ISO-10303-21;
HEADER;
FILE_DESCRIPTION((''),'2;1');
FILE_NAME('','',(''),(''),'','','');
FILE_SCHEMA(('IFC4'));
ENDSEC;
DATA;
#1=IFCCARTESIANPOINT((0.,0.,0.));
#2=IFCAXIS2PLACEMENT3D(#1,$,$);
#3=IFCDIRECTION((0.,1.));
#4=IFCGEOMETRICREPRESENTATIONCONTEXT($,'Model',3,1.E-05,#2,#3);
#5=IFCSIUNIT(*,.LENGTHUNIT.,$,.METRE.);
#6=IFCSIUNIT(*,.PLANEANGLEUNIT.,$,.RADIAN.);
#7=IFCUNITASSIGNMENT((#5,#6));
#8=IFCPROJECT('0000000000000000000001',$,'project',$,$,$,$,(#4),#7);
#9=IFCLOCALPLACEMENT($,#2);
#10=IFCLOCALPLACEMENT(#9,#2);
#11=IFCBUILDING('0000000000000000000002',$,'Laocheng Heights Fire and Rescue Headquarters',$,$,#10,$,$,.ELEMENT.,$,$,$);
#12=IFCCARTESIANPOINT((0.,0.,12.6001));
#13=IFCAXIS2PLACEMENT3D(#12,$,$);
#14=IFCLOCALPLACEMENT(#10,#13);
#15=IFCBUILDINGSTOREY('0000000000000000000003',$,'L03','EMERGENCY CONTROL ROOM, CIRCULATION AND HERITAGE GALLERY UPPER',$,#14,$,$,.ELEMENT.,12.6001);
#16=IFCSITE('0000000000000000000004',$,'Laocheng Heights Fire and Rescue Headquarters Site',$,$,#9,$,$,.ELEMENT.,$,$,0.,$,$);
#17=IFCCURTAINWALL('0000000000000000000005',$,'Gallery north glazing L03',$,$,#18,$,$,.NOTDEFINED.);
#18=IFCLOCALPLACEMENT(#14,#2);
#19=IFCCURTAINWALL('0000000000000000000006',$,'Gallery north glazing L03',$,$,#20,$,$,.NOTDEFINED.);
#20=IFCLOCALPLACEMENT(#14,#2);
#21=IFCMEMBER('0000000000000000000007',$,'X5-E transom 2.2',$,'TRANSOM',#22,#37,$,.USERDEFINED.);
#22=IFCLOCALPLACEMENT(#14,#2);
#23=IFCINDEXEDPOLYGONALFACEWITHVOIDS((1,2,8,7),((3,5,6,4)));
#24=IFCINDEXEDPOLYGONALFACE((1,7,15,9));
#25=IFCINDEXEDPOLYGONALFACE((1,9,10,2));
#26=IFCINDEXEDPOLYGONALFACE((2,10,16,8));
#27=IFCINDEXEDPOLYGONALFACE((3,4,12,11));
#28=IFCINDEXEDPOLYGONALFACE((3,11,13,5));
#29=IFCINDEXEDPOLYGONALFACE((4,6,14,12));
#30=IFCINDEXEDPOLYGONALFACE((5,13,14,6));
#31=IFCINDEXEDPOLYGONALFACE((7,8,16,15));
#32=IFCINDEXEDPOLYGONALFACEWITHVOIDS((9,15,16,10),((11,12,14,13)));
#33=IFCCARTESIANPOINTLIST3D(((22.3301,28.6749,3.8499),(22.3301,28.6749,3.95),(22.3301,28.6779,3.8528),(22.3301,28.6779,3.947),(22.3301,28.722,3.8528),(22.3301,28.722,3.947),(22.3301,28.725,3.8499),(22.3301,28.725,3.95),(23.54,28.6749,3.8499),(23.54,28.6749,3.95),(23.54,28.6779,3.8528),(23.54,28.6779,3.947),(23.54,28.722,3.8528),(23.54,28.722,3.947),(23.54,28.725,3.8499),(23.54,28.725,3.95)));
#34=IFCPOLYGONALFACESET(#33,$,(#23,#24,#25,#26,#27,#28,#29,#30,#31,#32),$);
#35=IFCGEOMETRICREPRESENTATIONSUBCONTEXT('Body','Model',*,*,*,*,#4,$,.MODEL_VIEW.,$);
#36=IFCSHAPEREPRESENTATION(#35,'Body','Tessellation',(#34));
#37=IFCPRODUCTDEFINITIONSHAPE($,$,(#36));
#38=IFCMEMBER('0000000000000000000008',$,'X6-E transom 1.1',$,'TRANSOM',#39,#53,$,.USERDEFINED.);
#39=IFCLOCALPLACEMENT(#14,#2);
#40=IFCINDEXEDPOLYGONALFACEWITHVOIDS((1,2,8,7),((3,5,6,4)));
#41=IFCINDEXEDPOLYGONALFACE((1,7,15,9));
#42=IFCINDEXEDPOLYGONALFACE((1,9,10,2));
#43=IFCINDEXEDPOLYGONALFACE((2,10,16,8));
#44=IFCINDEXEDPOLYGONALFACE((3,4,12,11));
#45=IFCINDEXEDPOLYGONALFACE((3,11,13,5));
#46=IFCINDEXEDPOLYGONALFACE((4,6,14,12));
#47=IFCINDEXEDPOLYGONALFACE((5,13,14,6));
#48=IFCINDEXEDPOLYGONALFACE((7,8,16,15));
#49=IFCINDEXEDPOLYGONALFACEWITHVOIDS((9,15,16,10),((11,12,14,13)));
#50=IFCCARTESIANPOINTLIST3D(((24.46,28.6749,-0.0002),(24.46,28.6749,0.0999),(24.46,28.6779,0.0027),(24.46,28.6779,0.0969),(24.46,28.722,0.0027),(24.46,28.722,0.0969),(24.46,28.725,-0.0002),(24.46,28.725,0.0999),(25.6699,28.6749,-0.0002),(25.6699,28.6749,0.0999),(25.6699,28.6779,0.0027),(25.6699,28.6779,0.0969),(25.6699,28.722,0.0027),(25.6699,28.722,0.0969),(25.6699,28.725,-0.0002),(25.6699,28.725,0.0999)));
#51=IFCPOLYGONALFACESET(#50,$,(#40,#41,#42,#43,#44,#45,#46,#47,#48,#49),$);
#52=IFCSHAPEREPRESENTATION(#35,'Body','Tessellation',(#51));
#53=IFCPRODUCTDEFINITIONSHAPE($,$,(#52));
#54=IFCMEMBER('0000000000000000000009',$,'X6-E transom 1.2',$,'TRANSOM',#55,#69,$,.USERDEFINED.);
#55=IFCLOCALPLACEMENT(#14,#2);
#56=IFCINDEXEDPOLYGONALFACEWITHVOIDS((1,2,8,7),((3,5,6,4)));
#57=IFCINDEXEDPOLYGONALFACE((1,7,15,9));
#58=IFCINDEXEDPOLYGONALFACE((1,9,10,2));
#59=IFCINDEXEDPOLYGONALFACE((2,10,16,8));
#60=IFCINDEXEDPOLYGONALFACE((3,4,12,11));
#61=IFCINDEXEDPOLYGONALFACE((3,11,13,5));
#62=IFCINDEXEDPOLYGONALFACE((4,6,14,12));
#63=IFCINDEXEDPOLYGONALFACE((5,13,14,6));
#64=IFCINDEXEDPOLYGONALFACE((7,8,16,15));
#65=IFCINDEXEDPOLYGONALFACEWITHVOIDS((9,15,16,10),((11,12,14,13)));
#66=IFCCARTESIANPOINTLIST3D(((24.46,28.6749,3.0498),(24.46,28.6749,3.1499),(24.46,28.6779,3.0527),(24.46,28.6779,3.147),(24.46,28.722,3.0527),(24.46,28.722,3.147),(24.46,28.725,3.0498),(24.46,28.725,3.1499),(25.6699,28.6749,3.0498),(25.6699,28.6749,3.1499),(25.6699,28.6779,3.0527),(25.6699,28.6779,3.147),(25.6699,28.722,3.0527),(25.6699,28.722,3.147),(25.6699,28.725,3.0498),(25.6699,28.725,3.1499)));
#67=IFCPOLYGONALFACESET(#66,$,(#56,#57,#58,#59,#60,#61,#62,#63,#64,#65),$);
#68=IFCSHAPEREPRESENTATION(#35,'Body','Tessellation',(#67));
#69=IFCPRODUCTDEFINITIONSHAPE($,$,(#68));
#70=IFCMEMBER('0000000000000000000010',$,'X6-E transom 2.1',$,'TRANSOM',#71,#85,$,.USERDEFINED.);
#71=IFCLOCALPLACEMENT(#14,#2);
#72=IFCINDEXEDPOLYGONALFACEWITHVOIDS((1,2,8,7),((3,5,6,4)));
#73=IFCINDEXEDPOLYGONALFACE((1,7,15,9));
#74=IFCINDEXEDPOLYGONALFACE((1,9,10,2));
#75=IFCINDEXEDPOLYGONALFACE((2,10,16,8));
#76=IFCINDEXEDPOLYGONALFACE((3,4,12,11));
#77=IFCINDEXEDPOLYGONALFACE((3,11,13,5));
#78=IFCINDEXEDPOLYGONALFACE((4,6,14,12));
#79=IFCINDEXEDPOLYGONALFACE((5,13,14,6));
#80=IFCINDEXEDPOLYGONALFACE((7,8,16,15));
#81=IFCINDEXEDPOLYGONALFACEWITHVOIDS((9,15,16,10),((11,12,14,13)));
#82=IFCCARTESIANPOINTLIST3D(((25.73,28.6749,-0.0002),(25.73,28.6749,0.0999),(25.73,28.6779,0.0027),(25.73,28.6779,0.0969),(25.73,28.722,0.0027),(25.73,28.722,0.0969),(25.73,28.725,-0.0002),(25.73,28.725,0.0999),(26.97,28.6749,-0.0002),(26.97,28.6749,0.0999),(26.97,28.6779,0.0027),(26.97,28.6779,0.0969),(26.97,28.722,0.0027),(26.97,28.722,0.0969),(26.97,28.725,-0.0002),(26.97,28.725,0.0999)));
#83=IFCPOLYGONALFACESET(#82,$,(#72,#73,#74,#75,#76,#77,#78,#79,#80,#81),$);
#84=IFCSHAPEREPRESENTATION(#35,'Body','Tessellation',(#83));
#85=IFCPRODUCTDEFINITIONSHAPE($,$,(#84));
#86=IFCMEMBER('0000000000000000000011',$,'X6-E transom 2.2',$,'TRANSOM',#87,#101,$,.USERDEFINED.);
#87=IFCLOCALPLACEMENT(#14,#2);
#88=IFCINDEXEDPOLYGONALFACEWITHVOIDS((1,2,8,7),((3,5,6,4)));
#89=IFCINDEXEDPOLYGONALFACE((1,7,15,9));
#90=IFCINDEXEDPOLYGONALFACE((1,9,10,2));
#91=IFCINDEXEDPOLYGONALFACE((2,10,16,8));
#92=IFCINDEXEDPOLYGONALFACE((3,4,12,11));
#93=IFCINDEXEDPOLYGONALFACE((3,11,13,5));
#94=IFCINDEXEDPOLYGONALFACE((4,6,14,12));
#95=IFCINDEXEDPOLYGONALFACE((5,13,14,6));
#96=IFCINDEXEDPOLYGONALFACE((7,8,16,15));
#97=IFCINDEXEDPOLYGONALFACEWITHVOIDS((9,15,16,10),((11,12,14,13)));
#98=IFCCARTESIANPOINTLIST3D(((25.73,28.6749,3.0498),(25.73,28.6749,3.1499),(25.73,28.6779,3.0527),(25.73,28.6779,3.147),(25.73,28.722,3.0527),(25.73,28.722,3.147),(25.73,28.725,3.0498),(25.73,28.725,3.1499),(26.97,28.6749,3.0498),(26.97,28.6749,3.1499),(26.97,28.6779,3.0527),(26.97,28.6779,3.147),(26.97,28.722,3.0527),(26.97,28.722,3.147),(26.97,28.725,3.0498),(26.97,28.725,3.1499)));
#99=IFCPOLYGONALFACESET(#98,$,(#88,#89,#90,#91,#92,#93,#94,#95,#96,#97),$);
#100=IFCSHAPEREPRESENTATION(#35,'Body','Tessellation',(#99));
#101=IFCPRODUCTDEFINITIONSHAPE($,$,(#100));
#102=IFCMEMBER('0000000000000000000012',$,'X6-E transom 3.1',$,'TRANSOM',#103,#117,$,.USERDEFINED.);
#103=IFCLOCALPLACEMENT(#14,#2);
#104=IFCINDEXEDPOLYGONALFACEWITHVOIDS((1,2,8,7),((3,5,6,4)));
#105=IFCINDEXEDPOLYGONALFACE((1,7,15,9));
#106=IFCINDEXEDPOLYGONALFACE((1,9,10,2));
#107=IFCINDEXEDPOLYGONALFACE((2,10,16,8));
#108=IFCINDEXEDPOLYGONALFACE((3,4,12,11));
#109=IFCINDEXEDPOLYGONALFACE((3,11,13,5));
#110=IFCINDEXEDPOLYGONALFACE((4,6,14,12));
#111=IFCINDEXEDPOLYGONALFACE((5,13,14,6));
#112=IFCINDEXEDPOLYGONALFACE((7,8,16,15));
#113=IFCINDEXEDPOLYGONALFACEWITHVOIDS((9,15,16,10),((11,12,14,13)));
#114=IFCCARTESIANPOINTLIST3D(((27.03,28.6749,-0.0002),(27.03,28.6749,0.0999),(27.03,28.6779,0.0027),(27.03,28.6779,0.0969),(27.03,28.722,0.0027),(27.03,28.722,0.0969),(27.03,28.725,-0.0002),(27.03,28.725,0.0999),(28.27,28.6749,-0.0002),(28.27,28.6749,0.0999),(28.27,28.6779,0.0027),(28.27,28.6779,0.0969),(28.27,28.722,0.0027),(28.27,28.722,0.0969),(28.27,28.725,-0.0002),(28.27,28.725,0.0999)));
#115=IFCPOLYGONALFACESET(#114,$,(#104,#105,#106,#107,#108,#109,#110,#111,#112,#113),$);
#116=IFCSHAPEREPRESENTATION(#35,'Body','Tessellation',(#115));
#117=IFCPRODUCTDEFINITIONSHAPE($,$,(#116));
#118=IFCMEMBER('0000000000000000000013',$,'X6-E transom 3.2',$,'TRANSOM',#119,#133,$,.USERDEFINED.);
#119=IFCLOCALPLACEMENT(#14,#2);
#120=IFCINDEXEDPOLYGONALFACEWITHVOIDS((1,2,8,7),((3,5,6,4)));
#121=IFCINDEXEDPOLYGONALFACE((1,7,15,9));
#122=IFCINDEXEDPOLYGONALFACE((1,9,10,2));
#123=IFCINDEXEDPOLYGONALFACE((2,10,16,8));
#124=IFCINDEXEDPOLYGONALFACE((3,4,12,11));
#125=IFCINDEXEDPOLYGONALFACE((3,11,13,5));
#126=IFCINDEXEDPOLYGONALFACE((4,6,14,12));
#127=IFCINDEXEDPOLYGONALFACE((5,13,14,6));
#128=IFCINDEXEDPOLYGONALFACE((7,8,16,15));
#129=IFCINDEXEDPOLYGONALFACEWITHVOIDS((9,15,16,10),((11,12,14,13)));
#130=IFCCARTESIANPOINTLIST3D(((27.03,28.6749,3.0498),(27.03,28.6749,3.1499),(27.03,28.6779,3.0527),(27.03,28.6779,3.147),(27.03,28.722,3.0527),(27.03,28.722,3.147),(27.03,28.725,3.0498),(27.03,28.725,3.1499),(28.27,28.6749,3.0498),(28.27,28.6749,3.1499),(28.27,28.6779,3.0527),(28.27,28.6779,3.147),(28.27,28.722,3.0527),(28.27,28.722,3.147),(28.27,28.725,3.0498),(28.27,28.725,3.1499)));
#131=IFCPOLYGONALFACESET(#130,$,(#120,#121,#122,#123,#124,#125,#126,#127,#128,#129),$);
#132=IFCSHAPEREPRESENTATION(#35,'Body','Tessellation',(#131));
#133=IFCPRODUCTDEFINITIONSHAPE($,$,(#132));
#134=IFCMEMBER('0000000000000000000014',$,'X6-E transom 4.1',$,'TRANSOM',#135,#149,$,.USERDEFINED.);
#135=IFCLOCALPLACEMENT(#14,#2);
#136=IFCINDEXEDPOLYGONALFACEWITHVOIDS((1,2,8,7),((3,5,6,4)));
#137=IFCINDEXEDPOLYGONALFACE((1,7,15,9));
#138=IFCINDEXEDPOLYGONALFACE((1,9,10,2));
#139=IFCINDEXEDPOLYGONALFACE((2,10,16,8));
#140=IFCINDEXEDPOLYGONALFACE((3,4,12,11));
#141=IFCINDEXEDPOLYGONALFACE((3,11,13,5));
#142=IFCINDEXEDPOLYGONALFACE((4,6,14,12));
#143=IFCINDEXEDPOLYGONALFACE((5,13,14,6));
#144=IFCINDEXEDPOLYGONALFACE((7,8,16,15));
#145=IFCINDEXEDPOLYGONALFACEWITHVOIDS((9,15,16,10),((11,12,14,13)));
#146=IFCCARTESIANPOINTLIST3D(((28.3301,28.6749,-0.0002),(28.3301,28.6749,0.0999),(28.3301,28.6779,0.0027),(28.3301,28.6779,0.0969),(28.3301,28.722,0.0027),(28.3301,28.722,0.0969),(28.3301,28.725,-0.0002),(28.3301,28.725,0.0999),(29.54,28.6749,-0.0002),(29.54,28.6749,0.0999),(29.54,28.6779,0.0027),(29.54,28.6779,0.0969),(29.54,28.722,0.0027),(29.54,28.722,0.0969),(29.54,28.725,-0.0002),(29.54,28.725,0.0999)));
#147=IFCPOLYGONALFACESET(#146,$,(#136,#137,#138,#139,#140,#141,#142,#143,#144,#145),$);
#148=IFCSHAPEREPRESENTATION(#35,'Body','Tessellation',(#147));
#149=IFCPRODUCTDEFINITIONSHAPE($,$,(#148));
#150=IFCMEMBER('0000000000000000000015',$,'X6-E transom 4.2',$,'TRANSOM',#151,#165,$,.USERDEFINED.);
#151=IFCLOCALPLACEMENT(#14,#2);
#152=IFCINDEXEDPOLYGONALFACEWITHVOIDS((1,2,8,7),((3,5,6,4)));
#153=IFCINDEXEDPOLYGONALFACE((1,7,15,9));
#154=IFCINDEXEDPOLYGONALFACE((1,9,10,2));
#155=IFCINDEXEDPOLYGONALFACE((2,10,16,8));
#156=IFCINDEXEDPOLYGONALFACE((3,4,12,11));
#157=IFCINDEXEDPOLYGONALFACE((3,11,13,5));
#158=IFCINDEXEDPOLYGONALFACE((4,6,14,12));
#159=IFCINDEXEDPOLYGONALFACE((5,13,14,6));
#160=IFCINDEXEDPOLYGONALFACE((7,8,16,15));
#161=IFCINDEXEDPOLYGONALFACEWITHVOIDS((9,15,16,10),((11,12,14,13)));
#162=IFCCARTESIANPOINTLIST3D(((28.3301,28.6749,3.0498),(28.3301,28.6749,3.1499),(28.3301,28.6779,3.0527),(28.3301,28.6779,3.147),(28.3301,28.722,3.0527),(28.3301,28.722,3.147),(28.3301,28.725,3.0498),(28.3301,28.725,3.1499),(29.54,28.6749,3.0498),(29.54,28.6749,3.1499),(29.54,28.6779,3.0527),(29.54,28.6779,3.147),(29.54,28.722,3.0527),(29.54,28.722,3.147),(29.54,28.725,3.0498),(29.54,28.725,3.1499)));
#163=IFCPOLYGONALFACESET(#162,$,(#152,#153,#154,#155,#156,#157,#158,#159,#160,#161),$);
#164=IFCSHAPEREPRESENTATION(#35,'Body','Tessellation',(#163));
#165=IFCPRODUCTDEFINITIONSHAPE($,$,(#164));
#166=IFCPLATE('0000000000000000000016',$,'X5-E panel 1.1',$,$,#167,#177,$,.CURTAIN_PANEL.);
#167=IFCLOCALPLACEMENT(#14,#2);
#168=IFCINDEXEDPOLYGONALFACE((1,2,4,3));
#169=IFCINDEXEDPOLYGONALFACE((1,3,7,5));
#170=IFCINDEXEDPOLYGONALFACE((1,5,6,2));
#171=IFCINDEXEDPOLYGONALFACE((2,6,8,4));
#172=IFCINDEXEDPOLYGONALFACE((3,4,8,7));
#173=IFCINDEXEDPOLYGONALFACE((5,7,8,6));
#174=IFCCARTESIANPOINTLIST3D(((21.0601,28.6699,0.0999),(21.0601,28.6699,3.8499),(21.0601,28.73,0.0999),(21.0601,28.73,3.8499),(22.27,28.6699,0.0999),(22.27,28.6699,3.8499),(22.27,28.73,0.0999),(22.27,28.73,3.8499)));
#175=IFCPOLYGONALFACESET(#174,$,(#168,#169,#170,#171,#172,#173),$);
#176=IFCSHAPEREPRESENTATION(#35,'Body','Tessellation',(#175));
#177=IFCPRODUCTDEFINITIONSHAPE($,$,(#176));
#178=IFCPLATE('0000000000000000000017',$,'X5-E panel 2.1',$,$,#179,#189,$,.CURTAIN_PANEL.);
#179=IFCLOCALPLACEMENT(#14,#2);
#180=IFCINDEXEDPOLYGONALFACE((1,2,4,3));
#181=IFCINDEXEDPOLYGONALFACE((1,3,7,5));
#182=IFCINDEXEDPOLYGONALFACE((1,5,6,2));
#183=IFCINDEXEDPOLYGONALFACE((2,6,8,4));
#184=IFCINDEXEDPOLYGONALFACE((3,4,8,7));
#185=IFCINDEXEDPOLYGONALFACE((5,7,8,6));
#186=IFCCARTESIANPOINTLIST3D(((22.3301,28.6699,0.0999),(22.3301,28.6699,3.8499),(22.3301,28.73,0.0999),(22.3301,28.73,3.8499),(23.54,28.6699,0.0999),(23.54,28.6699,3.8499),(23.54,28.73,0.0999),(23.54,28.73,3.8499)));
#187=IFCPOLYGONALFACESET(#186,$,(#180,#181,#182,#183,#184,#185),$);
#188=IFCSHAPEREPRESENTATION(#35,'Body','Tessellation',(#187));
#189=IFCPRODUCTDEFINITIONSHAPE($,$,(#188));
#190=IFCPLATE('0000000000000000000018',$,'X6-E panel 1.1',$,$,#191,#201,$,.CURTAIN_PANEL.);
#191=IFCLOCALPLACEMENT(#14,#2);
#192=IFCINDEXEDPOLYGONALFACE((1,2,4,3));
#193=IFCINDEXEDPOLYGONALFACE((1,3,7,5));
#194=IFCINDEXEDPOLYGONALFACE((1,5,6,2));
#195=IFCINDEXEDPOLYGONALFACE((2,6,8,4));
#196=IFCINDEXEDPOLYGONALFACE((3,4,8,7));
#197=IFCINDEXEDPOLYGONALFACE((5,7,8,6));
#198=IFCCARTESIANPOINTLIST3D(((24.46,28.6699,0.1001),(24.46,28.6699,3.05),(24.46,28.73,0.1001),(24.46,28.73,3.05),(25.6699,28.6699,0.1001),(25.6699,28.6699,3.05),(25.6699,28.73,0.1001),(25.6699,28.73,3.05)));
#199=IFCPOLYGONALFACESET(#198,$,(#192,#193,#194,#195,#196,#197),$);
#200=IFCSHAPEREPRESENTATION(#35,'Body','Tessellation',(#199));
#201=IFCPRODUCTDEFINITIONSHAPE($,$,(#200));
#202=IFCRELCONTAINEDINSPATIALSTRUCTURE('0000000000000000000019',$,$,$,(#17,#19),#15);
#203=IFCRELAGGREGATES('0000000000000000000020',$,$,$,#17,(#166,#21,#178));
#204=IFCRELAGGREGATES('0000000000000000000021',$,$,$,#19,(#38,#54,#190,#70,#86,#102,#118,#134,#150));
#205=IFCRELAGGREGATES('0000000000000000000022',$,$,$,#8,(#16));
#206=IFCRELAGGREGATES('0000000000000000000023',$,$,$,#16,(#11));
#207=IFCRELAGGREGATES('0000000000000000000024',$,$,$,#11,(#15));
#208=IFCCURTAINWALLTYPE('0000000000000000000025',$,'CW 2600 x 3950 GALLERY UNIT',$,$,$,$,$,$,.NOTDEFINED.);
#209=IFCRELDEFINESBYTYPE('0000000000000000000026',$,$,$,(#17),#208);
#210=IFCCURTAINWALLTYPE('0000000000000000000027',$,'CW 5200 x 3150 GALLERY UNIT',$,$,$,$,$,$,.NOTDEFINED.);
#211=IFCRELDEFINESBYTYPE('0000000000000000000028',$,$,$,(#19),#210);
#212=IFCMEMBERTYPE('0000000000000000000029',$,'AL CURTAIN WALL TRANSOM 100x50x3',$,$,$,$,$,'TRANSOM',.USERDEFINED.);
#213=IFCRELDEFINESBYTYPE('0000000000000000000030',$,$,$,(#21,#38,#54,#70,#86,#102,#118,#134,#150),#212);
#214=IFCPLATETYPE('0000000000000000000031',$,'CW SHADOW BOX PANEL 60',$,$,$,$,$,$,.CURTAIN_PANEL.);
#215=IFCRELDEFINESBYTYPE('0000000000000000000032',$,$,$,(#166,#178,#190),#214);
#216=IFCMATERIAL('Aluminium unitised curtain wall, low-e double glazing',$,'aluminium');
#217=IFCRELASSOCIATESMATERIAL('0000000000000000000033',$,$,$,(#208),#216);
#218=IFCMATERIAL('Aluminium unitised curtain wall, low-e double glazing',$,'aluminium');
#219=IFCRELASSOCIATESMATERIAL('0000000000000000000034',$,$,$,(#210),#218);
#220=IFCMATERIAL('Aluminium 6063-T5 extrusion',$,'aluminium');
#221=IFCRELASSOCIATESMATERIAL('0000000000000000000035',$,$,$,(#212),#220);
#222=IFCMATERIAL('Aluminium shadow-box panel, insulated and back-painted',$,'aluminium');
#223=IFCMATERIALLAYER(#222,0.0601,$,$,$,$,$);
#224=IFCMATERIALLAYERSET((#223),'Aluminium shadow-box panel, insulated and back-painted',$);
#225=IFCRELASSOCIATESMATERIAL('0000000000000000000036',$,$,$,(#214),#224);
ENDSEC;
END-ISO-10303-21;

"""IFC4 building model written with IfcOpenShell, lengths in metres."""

from ifc_helpers import new_model, si_unit, direction, frame, origin, origin_2d, place, context, subcontext, project, spatial, rectangle, hollow_rectangle, extrude, material, layer, layer_set, material_profile, profile_set, type_object, element, aggregate, save


model = new_model("IFC4")

# Units and contexts
model_context = context("Model", 3, precision=1e-05, world=origin(), true_north=direction((0.0, 1.0)))
body_context = subcontext(model_context, "Body", "Model", "MODEL_VIEW")
ifc_project = project(units=[si_unit("LENGTHUNIT", "METRE"), si_unit("PLANEANGLEUNIT", "RADIAN")], contexts=[model_context])

# Site, building, storey
site_placement = place(None, origin())
site = spatial("IfcSite", under=ifc_project, at=site_placement, Name="Laocheng Heights Fire and Rescue Headquarters Site", CompositionType="ELEMENT", RefElevation=0.0)
building_placement = place(site_placement, origin())
building = spatial("IfcBuilding", under=site, at=building_placement, Name="Laocheng Heights Fire and Rescue Headquarters", CompositionType="ELEMENT")
storey_placement = place(building_placement, frame((0.0, 0.0, 12.6001)))
storey = spatial("IfcBuildingStorey", under=building, at=storey_placement, Name="L03", Description="EMERGENCY CONTROL ROOM, CIRCULATION AND HERITAGE GALLERY UPPER", CompositionType="ELEMENT", Elevation=12.6001)

# Curtain walls
ifc_material_1 = material(Name="Aluminium unitised curtain wall, low-e double glazing", Category="aluminium")
curtain_wall_type_1 = type_object("IfcCurtainWallType", Name="CW 2600 x 3950 GALLERY UNIT", PredefinedType="NOTDEFINED", material=ifc_material_1)
curtain_wall_1_placement = place(storey_placement, origin())
curtain_wall_1 = element("IfcCurtainWall", 1, at=curtain_wall_1_placement, inside=storey, type_object=curtain_wall_type_1, Name="Gallery north glazing L03", PredefinedType="NOTDEFINED")
ifc_material_2 = material(Name="Aluminium unitised curtain wall, low-e double glazing", Category="aluminium")
curtain_wall_type_2 = type_object("IfcCurtainWallType", Name="CW 5200 x 3150 GALLERY UNIT", PredefinedType="NOTDEFINED", material=ifc_material_2)
curtain_wall_2_placement = place(storey_placement, origin())
curtain_wall_2 = element("IfcCurtainWall", 2, at=curtain_wall_2_placement, inside=storey, type_object=curtain_wall_type_2, Name="Gallery north glazing L03", PredefinedType="NOTDEFINED")

# Members
ifc_material_3 = material(Name="Aluminium 6063-T5 extrusion", Category="aluminium")
ifc_material_profile_1 = material_profile(ifc_material_3, hollow_rectangle(XDim=0.05, YDim=0.1001, WallThickness=0.0029, at=origin_2d()), Name="AL TRANSOM 100x50x3")
ifc_profile_set_1 = profile_set([ifc_material_profile_1], Name="Aluminium 6063-T5 extrusion")
member_type_1 = type_object("IfcMemberType", Name="AL CURTAIN WALL TRANSOM 100x50x3", ElementType="TRANSOM", PredefinedType="USERDEFINED", material=ifc_profile_set_1)
member_1_placement = place(storey_placement, frame((22.3301, 28.7, 3.8999), z_axis=(1.0, 0.0, 0.0), x_axis=(0.0, 1.0, 0.0)))
member_1 = element("IfcMember", 3, at=member_1_placement, type_object=member_type_1, Name="X5-E transom 2.2", ObjectType="TRANSOM", PredefinedType="USERDEFINED", context=body_context, shape_type="SweptSolid", body=[
    extrude(hollow_rectangle(XDim=0.05, YDim=0.1001, WallThickness=0.0029, at=origin_2d()), origin(), (0.0, 0.0, 1.0), 1.21),
])
member_2_placement = place(storey_placement, frame((24.46, 28.7, 0.0498), z_axis=(1.0, 0.0, 0.0), x_axis=(0.0, 1.0, 0.0)))
member_2 = element("IfcMember", 4, at=member_2_placement, type_object=member_type_1, Name="X6-E transom 1.1", ObjectType="TRANSOM", PredefinedType="USERDEFINED", context=body_context, shape_type="SweptSolid", body=[
    extrude(hollow_rectangle(XDim=0.05, YDim=0.1001, WallThickness=0.0029, at=origin_2d()), origin(), (0.0, 0.0, 1.0), 1.21),
])
member_3_placement = place(storey_placement, frame((24.46, 28.7, 3.0999), z_axis=(1.0, 0.0, 0.0), x_axis=(0.0, 1.0, 0.0)))
member_3 = element("IfcMember", 5, at=member_3_placement, type_object=member_type_1, Name="X6-E transom 1.2", ObjectType="TRANSOM", PredefinedType="USERDEFINED", context=body_context, shape_type="SweptSolid", body=[
    extrude(hollow_rectangle(XDim=0.05, YDim=0.1001, WallThickness=0.0029, at=origin_2d()), origin(), (0.0, 0.0, 1.0), 1.21),
])
member_4_placement = place(storey_placement, frame((25.73, 28.7, 0.0498), z_axis=(1.0, 0.0, 0.0), x_axis=(0.0, 1.0, 0.0)))
member_4 = element("IfcMember", 6, at=member_4_placement, type_object=member_type_1, Name="X6-E transom 2.1", ObjectType="TRANSOM", PredefinedType="USERDEFINED", context=body_context, shape_type="SweptSolid", body=[
    extrude(hollow_rectangle(XDim=0.05, YDim=0.1001, WallThickness=0.0029, at=origin_2d()), origin(), (0.0, 0.0, 1.0), 1.24),
])
member_5_placement = place(storey_placement, frame((25.73, 28.7, 3.0999), z_axis=(1.0, 0.0, 0.0), x_axis=(0.0, 1.0, 0.0)))
member_5 = element("IfcMember", 7, at=member_5_placement, type_object=member_type_1, Name="X6-E transom 2.2", ObjectType="TRANSOM", PredefinedType="USERDEFINED", context=body_context, shape_type="SweptSolid", body=[
    extrude(hollow_rectangle(XDim=0.05, YDim=0.1001, WallThickness=0.0029, at=origin_2d()), origin(), (0.0, 0.0, 1.0), 1.24),
])
member_6_placement = place(storey_placement, frame((27.03, 28.7, 0.0498), z_axis=(1.0, 0.0, 0.0), x_axis=(0.0, 1.0, 0.0)))
member_6 = element("IfcMember", 8, at=member_6_placement, type_object=member_type_1, Name="X6-E transom 3.1", ObjectType="TRANSOM", PredefinedType="USERDEFINED", context=body_context, shape_type="SweptSolid", body=[
    extrude(hollow_rectangle(XDim=0.05, YDim=0.1001, WallThickness=0.0029, at=origin_2d()), origin(), (0.0, 0.0, 1.0), 1.24),
])
member_7_placement = place(storey_placement, frame((27.03, 28.7, 3.0999), z_axis=(1.0, 0.0, 0.0), x_axis=(0.0, 1.0, 0.0)))
member_7 = element("IfcMember", 9, at=member_7_placement, type_object=member_type_1, Name="X6-E transom 3.2", ObjectType="TRANSOM", PredefinedType="USERDEFINED", context=body_context, shape_type="SweptSolid", body=[
    extrude(hollow_rectangle(XDim=0.05, YDim=0.1001, WallThickness=0.0029, at=origin_2d()), origin(), (0.0, 0.0, 1.0), 1.24),
])
member_8_placement = place(storey_placement, frame((28.3301, 28.7, 0.0498), z_axis=(1.0, 0.0, 0.0), x_axis=(0.0, 1.0, 0.0)))
member_8 = element("IfcMember", 10, at=member_8_placement, type_object=member_type_1, Name="X6-E transom 4.1", ObjectType="TRANSOM", PredefinedType="USERDEFINED", context=body_context, shape_type="SweptSolid", body=[
    extrude(hollow_rectangle(XDim=0.05, YDim=0.1001, WallThickness=0.0029, at=origin_2d()), origin(), (0.0, 0.0, 1.0), 1.21),
])
member_9_placement = place(storey_placement, frame((28.3301, 28.7, 3.0999), z_axis=(1.0, 0.0, 0.0), x_axis=(0.0, 1.0, 0.0)))
member_9 = element("IfcMember", 11, at=member_9_placement, type_object=member_type_1, Name="X6-E transom 4.2", ObjectType="TRANSOM", PredefinedType="USERDEFINED", context=body_context, shape_type="SweptSolid", body=[
    extrude(hollow_rectangle(XDim=0.05, YDim=0.1001, WallThickness=0.0029, at=origin_2d()), origin(), (0.0, 0.0, 1.0), 1.21),
])

# Plates
ifc_material_4 = material(Name="Aluminium shadow-box panel, insulated and back-painted", Category="aluminium")
ifc_layer_1 = layer(ifc_material_4, 0.0601)
ifc_layer_set_1 = layer_set([ifc_layer_1], Name="Aluminium shadow-box panel, insulated and back-painted")
plate_type = type_object("IfcPlateType", Name="CW SHADOW BOX PANEL 60", PredefinedType="CURTAIN_PANEL", material=ifc_layer_set_1)
plate_1_placement = place(storey_placement, frame((21.665, 28.7, 0.0999), z_axis=(0.0, 0.0, 1.0), x_axis=(1.0, 0.0, 0.0)))
plate_1 = element("IfcPlate", 12, at=plate_1_placement, type_object=plate_type, Name="X5-E panel 1.1", PredefinedType="CURTAIN_PANEL", context=body_context, shape_type="SweptSolid", body=[
    extrude(rectangle(XDim=1.21, YDim=0.0601, at=origin_2d()), origin(), (0.0, 0.0, 1.0), 3.75),
])
plate_2_placement = place(storey_placement, frame((22.9351, 28.7, 0.0999), z_axis=(0.0, 0.0, 1.0), x_axis=(1.0, 0.0, 0.0)))
plate_2 = element("IfcPlate", 13, at=plate_2_placement, type_object=plate_type, Name="X5-E panel 2.1", PredefinedType="CURTAIN_PANEL", context=body_context, shape_type="SweptSolid", body=[
    extrude(rectangle(XDim=1.21, YDim=0.0601, at=origin_2d()), origin(), (0.0, 0.0, 1.0), 3.75),
])
aggregate(curtain_wall_1, [plate_1, member_1, plate_2])
plate_3_placement = place(storey_placement, frame((25.0649, 28.7, 0.1001), z_axis=(0.0, 0.0, 1.0), x_axis=(1.0, 0.0, 0.0)))
plate_3 = element("IfcPlate", 14, at=plate_3_placement, type_object=plate_type, Name="X6-E panel 1.1", PredefinedType="CURTAIN_PANEL", context=body_context, shape_type="SweptSolid", body=[
    extrude(rectangle(XDim=1.21, YDim=0.0601, at=origin_2d()), origin(), (0.0, 0.0, 1.0), 2.95),
])
aggregate(curtain_wall_2, [member_2, member_3, plate_3, member_4, member_5, member_6, member_7, member_8, member_9])

save(model, "model.ifc")
